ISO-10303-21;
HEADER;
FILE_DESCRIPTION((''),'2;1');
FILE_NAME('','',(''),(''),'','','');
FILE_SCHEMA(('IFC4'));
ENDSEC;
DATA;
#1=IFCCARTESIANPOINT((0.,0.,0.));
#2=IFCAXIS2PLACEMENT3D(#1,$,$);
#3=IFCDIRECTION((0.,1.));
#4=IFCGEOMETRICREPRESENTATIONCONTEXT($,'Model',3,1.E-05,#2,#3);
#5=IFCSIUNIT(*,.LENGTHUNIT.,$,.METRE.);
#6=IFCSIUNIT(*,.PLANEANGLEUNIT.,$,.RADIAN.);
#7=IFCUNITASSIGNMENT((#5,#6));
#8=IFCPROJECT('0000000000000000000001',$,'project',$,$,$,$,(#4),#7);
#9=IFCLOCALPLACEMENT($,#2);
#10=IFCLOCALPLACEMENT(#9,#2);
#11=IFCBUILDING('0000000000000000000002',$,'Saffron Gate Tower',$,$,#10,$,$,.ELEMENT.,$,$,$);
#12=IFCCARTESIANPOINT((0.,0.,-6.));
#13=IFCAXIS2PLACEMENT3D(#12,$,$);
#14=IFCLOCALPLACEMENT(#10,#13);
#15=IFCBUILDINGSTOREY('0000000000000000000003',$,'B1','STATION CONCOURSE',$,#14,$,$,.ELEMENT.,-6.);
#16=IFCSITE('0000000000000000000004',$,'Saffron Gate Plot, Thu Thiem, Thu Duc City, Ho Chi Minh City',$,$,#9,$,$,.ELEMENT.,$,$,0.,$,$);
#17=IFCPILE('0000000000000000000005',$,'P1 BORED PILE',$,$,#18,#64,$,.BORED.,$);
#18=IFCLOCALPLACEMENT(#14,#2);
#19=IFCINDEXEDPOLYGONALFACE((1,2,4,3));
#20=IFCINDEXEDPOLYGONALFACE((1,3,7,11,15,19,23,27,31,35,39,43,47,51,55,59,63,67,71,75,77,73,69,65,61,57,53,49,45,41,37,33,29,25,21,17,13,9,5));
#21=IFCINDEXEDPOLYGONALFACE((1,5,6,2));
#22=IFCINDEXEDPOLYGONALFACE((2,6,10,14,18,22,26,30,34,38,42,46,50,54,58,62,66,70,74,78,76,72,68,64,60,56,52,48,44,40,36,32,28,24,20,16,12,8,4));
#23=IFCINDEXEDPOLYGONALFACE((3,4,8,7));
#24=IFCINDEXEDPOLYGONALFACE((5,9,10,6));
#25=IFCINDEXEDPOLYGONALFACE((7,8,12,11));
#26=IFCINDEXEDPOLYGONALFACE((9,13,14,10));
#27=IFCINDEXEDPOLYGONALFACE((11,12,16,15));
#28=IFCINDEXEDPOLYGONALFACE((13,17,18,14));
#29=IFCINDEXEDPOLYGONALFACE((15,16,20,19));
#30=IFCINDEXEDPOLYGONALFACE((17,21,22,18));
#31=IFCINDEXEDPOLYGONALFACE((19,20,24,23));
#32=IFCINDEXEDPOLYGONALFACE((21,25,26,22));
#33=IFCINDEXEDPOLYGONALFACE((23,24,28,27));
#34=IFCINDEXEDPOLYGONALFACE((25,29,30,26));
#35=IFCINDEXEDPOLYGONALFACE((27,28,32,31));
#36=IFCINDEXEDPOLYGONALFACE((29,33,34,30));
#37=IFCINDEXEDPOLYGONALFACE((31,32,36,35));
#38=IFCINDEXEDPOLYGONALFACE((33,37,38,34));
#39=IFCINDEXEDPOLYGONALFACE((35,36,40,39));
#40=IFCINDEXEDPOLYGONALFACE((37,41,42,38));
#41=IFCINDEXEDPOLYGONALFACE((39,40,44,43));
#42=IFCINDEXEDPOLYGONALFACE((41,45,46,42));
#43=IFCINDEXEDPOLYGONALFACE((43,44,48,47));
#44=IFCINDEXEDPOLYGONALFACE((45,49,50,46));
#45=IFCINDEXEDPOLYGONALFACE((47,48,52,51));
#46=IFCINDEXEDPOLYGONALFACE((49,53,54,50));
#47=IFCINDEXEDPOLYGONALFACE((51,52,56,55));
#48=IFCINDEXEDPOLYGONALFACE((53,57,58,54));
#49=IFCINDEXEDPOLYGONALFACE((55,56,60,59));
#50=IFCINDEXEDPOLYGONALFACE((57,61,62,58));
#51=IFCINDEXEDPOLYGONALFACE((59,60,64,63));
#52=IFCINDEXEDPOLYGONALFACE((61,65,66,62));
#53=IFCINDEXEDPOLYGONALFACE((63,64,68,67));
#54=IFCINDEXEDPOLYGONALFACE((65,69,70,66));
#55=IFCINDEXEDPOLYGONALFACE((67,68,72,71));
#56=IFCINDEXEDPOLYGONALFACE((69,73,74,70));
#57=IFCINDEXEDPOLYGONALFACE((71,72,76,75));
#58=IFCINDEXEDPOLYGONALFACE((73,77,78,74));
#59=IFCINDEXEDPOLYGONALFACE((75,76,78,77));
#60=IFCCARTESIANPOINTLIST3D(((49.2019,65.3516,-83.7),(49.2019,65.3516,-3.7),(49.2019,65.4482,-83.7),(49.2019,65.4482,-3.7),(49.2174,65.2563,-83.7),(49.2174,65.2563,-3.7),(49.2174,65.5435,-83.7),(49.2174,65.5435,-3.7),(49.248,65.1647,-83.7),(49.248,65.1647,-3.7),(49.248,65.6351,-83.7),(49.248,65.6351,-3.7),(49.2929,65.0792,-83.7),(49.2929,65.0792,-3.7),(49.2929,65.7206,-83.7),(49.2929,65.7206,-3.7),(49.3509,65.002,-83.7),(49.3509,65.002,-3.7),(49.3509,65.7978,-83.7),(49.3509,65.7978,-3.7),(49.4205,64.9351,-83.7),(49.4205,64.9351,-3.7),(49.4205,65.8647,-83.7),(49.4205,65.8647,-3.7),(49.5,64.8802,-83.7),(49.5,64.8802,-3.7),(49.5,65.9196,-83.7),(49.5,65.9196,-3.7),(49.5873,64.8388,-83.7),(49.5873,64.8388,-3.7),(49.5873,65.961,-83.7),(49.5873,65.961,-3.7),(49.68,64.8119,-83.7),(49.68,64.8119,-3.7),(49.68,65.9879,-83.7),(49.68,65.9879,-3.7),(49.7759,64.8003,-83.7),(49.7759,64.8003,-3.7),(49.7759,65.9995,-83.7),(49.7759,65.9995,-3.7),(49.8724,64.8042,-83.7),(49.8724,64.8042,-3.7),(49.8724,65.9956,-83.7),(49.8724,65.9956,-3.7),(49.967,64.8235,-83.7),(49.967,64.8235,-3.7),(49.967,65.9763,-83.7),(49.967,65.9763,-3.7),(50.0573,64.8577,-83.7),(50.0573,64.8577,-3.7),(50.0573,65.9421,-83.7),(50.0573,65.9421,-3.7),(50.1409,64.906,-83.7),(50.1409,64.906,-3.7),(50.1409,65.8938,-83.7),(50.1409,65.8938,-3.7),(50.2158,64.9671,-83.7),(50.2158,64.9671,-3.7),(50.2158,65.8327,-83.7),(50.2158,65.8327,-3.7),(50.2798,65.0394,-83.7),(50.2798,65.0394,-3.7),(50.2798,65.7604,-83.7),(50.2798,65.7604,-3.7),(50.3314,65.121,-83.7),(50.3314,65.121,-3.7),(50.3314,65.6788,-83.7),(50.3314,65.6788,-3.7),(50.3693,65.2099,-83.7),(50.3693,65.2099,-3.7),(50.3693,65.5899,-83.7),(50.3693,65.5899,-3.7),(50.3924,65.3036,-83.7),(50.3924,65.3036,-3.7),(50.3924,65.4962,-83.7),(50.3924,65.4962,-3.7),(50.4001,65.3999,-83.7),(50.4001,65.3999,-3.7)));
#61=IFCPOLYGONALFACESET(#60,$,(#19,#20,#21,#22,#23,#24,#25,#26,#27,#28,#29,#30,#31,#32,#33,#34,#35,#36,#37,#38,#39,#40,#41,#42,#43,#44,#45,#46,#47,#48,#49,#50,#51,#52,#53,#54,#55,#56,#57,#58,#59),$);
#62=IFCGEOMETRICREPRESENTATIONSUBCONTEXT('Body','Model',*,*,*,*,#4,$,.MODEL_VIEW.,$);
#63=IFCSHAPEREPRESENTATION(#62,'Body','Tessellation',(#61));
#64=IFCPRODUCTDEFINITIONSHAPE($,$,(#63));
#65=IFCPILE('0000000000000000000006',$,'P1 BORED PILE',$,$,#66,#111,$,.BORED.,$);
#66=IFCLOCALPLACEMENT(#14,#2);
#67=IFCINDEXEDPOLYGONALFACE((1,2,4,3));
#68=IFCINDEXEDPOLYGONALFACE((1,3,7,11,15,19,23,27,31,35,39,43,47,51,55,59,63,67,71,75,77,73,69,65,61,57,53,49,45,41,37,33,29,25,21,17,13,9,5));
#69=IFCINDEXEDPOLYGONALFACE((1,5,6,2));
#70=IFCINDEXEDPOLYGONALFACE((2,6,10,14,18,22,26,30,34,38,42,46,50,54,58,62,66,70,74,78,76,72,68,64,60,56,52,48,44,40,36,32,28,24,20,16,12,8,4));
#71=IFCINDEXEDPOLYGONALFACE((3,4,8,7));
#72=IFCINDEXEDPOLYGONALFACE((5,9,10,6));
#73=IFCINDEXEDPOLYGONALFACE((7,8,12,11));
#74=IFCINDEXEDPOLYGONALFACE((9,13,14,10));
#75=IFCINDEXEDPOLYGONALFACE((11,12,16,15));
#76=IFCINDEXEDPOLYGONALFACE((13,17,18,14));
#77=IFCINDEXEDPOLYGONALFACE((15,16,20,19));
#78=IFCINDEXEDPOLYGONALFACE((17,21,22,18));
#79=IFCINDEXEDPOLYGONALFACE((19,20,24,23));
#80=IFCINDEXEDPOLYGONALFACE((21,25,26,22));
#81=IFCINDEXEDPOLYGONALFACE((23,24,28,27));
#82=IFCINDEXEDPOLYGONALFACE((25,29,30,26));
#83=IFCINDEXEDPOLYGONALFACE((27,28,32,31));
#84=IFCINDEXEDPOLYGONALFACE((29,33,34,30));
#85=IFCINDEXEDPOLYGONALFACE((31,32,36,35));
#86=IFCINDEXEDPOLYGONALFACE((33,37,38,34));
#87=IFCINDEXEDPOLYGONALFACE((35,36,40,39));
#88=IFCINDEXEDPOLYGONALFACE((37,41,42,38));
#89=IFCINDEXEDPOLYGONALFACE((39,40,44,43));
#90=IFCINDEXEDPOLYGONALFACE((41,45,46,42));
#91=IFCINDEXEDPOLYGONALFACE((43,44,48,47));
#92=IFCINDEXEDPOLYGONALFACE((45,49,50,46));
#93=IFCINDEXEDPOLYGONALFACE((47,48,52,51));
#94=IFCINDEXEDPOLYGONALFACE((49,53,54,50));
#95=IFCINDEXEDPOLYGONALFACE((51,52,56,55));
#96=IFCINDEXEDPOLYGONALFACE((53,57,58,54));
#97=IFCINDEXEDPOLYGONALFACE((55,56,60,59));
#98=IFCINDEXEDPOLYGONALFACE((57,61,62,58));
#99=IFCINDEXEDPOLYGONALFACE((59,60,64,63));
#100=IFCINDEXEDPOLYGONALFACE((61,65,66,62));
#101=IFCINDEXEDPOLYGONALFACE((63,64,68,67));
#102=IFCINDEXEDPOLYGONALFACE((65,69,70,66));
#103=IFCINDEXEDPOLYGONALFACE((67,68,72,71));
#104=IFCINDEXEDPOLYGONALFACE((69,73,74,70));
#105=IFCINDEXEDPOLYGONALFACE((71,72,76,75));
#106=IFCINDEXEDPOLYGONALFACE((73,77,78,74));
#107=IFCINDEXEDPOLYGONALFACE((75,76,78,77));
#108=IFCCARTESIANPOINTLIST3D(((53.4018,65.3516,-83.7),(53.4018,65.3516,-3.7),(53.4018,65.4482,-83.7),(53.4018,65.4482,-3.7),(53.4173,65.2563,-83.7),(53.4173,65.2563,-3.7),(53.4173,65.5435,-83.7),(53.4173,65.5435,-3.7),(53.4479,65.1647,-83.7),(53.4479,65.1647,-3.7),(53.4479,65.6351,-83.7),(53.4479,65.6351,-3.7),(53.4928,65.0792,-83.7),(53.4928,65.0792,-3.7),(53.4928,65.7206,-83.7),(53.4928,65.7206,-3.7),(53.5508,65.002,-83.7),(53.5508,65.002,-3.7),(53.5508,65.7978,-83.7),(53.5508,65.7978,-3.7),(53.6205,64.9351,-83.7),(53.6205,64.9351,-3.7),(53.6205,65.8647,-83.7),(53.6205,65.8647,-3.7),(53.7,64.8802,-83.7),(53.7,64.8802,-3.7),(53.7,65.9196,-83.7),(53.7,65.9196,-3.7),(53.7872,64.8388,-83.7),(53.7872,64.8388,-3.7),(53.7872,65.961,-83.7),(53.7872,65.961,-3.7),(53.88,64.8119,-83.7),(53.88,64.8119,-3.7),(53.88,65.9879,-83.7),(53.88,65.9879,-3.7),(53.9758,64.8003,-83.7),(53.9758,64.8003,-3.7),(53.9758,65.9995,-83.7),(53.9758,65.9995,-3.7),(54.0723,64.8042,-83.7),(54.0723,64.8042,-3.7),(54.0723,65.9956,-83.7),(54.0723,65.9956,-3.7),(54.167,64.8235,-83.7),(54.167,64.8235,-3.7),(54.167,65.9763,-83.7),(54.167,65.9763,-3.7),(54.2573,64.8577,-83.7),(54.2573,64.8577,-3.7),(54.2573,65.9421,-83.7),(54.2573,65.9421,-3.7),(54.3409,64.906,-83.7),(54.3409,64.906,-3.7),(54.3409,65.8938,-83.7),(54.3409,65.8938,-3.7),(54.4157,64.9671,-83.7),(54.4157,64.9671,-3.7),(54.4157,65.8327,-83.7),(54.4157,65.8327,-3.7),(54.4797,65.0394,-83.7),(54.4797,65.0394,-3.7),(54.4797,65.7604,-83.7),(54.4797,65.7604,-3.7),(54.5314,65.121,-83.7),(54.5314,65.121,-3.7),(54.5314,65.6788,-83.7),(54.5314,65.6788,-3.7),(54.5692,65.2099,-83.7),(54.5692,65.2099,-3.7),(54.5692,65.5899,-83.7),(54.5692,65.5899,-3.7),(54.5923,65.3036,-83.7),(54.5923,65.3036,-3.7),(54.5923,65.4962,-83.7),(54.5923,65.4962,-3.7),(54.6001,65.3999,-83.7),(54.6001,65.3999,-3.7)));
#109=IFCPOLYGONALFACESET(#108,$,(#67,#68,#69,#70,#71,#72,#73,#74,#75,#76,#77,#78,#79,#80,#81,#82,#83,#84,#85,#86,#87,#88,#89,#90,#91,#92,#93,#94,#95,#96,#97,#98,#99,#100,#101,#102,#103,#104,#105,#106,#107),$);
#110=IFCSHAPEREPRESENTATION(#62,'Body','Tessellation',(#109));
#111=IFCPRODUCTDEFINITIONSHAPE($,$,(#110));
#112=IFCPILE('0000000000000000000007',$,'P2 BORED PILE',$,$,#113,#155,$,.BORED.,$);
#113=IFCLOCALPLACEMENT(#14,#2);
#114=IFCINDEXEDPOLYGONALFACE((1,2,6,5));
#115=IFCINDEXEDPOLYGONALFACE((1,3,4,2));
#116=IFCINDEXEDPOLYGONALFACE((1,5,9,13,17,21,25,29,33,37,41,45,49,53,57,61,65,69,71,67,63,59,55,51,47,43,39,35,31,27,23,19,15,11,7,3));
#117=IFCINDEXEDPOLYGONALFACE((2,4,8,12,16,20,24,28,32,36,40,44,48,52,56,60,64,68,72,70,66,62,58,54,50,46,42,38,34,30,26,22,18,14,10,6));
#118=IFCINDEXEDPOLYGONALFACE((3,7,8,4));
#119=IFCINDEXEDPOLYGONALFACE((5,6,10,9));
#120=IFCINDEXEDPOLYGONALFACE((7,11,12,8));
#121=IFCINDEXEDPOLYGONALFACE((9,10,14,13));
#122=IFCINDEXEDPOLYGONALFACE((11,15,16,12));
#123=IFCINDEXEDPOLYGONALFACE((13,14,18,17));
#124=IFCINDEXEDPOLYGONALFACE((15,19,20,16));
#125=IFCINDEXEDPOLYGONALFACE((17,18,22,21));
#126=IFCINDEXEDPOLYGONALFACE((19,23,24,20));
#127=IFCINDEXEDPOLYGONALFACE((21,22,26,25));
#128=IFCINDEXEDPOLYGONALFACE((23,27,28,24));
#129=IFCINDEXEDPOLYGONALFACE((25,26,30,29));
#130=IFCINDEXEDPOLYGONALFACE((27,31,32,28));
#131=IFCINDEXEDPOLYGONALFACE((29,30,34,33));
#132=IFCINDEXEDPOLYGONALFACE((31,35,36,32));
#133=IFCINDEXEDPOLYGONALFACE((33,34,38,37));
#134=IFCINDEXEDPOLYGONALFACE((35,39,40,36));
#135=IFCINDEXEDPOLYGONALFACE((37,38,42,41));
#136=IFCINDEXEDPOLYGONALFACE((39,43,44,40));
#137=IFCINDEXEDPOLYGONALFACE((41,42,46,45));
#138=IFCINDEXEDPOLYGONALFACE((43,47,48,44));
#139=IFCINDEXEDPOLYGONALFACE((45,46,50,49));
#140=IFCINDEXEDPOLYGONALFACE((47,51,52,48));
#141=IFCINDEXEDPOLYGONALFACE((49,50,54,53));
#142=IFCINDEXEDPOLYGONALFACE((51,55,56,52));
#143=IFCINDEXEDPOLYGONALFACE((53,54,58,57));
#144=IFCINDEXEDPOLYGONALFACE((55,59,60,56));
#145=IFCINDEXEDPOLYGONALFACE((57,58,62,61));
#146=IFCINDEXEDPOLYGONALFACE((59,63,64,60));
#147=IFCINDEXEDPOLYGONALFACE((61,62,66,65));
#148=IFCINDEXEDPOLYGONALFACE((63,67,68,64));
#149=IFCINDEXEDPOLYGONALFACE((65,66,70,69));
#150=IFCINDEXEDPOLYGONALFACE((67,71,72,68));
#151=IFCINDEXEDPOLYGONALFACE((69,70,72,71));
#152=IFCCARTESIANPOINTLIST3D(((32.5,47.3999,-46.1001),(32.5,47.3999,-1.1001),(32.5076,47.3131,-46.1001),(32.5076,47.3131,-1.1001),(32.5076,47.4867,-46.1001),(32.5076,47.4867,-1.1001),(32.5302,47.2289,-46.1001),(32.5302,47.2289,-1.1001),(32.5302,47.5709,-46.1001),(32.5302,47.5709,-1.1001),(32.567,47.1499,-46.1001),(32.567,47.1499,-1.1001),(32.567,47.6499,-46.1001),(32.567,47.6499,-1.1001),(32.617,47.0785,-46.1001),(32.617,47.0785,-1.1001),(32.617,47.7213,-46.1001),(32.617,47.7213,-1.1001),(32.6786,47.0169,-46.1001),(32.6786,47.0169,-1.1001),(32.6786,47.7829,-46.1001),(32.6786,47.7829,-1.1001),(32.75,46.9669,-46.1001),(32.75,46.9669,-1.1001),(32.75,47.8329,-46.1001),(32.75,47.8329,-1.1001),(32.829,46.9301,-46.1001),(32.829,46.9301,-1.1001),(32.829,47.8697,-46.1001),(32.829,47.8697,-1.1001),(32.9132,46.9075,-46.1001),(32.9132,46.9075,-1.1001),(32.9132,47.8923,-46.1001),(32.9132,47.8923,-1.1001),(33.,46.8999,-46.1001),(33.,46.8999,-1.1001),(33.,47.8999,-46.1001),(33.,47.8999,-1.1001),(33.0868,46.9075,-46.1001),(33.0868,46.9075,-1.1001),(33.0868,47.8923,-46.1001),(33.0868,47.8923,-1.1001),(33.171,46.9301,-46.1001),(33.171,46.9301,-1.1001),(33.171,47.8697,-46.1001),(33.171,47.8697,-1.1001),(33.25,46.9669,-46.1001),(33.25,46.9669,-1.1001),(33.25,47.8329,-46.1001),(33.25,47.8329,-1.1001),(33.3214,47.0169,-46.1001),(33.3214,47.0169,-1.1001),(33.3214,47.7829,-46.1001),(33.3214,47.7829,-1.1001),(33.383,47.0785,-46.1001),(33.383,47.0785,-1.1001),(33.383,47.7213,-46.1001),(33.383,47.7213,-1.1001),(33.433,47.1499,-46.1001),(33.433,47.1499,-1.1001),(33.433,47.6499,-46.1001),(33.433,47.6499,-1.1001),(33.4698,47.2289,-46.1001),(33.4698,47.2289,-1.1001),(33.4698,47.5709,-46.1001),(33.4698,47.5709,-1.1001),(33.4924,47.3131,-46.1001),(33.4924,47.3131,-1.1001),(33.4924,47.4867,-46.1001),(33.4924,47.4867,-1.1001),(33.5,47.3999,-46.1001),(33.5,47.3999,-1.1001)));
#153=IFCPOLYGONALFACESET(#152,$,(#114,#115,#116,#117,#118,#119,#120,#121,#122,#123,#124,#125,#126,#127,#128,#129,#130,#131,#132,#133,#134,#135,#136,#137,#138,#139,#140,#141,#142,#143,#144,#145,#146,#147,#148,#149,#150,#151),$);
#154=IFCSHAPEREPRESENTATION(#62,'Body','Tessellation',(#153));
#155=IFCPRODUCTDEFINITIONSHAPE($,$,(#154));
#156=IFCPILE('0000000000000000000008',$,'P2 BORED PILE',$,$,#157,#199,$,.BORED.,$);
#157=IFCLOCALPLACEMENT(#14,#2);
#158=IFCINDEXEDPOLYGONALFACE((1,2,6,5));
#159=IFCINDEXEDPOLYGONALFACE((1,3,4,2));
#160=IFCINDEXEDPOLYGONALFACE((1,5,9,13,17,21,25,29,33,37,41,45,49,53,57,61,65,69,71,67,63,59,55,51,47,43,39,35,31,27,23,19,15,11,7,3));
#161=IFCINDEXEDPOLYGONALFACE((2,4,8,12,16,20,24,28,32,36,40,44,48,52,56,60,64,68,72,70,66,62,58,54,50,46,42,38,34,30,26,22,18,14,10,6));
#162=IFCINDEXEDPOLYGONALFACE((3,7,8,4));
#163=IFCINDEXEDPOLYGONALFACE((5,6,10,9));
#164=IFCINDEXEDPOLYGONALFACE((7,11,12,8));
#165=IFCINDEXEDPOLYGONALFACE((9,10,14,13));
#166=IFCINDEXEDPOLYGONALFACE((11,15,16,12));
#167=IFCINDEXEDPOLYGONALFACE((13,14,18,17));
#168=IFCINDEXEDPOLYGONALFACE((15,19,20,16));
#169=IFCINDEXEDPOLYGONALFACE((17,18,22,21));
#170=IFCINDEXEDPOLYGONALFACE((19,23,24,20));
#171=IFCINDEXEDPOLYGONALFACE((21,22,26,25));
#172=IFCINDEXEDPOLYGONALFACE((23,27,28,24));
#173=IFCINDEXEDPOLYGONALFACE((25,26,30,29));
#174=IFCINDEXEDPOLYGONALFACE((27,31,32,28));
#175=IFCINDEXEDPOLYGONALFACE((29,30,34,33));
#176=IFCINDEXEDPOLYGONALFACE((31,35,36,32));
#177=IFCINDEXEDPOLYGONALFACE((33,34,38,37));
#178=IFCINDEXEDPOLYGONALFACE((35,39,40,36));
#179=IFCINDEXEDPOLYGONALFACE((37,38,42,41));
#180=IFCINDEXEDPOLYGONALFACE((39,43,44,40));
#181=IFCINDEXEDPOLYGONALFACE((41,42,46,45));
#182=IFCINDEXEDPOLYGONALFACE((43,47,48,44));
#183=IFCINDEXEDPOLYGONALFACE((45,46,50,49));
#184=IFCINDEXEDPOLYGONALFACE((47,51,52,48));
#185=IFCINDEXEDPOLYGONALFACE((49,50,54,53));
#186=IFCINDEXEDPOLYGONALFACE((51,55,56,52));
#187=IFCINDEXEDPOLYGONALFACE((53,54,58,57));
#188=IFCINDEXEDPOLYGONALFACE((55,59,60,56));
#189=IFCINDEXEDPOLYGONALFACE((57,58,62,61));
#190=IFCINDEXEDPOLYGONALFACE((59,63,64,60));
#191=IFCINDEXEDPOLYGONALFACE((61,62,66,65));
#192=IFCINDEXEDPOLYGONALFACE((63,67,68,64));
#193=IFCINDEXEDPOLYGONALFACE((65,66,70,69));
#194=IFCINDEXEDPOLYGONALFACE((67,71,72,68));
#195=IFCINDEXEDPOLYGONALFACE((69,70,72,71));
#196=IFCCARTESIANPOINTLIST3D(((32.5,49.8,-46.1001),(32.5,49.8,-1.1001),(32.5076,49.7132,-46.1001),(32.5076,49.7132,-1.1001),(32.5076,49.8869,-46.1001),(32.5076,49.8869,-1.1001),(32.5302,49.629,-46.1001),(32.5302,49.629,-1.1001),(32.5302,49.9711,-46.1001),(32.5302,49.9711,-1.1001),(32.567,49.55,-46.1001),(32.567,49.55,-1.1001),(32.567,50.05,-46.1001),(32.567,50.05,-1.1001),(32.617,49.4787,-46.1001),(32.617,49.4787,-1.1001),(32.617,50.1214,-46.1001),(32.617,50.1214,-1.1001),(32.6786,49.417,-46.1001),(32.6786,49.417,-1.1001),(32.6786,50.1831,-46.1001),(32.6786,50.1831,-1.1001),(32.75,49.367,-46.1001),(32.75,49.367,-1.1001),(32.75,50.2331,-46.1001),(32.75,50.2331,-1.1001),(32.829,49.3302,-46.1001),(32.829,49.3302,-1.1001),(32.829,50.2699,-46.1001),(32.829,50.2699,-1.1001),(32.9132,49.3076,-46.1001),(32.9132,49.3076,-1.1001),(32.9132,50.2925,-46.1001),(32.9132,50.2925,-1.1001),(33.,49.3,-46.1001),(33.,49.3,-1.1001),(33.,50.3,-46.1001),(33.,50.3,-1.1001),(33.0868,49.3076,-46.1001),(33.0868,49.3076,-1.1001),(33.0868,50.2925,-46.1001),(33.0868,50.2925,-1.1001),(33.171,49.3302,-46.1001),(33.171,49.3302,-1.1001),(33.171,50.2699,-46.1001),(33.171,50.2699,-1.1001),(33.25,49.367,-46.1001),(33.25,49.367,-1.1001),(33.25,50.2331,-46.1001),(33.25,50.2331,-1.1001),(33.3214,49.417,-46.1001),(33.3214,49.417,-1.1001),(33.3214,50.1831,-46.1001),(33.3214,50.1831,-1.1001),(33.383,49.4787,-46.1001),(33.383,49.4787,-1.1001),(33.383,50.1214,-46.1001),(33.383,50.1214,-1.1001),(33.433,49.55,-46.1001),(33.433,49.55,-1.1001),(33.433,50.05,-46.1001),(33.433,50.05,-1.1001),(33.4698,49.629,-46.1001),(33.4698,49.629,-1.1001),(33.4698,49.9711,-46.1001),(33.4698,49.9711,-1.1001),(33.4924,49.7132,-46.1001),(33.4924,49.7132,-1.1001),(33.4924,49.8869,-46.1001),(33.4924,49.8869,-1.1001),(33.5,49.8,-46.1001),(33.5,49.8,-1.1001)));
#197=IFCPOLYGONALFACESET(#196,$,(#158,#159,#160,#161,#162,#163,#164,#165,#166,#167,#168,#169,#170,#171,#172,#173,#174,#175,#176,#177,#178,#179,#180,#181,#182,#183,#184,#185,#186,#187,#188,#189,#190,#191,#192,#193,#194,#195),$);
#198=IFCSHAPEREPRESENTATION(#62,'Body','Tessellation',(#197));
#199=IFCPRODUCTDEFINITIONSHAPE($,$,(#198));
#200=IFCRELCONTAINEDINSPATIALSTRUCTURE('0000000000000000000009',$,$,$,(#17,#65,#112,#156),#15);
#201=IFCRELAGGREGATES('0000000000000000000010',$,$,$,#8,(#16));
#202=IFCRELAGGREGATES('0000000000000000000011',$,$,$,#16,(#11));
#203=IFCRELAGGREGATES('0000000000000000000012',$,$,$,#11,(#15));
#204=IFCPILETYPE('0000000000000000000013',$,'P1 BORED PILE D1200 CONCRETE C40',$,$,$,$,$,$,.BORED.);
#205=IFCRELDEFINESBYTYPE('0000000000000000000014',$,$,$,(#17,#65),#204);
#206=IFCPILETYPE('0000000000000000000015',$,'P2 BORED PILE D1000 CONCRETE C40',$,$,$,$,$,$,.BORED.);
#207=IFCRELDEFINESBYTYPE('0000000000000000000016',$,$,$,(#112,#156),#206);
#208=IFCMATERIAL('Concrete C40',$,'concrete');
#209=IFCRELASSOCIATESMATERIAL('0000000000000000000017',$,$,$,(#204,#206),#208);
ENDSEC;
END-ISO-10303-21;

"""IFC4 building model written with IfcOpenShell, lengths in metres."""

from ifc_helpers import new_model, si_unit, direction, frame, origin, origin_2d, place, context, subcontext, project, spatial, circle, extrude, material, material_profile, profile_set, type_object, element, save


model = new_model("IFC4")

# Units and contexts
model_context = context("Model", 3, precision=1e-05, world=origin(), true_north=direction((0.0, 1.0)))
body_context = subcontext(model_context, "Body", "Model", "MODEL_VIEW")
ifc_project = project(units=[si_unit("LENGTHUNIT", "METRE"), si_unit("PLANEANGLEUNIT", "RADIAN")], contexts=[model_context])

# Site, building, storey
site_placement = place(None, origin())
site = spatial("IfcSite", under=ifc_project, at=site_placement, Name="Saffron Gate Plot, Thu Thiem, Thu Duc City, Ho Chi Minh City", CompositionType="ELEMENT", RefElevation=0.0)
building_placement = place(site_placement, origin())
building = spatial("IfcBuilding", under=site, at=building_placement, Name="Saffron Gate Tower", CompositionType="ELEMENT")
storey_placement = place(building_placement, frame((0.0, 0.0, -6.0)))
storey = spatial("IfcBuildingStorey", under=building, at=storey_placement, Name="B1", Description="STATION CONCOURSE", CompositionType="ELEMENT", Elevation=-6.0)

# Piles
ifc_material_1 = material(Name="Concrete C40", Category="concrete")
ifc_material_profile_1 = material_profile(ifc_material_1, circle(Radius=0.6001, at=origin_2d()))
ifc_profile_set_1 = profile_set([ifc_material_profile_1], Name="Concrete C40")
pile_type_1 = type_object("IfcPileType", Name="P1 BORED PILE D1200 CONCRETE C40", PredefinedType="BORED", material=ifc_profile_set_1)
for number, where, z_axis, x_axis, name in (
    (1, (49.8, 65.3999, -3.7), (0.0, 0.0, -1.0), (1.0, 0.0, 0.0), "P1 BORED PILE"),
    (2, (54.0, 65.3999, -3.7), (0.0, 0.0, -1.0), (1.0, 0.0, 0.0), "P1 BORED PILE"),
):
    element("IfcPile", number, at=place(storey_placement, frame(where, z_axis=z_axis, x_axis=x_axis)), inside=storey, type_object=pile_type_1, Name=name, PredefinedType="BORED", context=body_context, shape_type="SweptSolid", body=[
        extrude(circle(Radius=0.6001, at=origin_2d()), origin(), (0.0, 0.0, 1.0), 80.0),
    ])
ifc_material_profile_2 = material_profile(ifc_material_1, circle(Radius=0.5, at=origin_2d()))
ifc_profile_set_2 = profile_set([ifc_material_profile_2], Name="Concrete C40")
pile_type_2 = type_object("IfcPileType", Name="P2 BORED PILE D1000 CONCRETE C40", PredefinedType="BORED", material=ifc_profile_set_2)
for number, where, z_axis, x_axis, name in (
    (3, (33.0, 47.3999, -1.1001), (0.0, 0.0, -1.0), (1.0, 0.0, 0.0), "P2 BORED PILE"),
    (4, (33.0, 49.8, -1.1001), (0.0, 0.0, -1.0), (1.0, 0.0, 0.0), "P2 BORED PILE"),
):
    element("IfcPile", number, at=place(storey_placement, frame(where, z_axis=z_axis, x_axis=x_axis)), inside=storey, type_object=pile_type_2, Name=name, PredefinedType="BORED", context=body_context, shape_type="SweptSolid", body=[
        extrude(circle(Radius=0.5, at=origin_2d()), origin(), (0.0, 0.0, 1.0), 45.0),
    ])

save(model, "model.ifc")
